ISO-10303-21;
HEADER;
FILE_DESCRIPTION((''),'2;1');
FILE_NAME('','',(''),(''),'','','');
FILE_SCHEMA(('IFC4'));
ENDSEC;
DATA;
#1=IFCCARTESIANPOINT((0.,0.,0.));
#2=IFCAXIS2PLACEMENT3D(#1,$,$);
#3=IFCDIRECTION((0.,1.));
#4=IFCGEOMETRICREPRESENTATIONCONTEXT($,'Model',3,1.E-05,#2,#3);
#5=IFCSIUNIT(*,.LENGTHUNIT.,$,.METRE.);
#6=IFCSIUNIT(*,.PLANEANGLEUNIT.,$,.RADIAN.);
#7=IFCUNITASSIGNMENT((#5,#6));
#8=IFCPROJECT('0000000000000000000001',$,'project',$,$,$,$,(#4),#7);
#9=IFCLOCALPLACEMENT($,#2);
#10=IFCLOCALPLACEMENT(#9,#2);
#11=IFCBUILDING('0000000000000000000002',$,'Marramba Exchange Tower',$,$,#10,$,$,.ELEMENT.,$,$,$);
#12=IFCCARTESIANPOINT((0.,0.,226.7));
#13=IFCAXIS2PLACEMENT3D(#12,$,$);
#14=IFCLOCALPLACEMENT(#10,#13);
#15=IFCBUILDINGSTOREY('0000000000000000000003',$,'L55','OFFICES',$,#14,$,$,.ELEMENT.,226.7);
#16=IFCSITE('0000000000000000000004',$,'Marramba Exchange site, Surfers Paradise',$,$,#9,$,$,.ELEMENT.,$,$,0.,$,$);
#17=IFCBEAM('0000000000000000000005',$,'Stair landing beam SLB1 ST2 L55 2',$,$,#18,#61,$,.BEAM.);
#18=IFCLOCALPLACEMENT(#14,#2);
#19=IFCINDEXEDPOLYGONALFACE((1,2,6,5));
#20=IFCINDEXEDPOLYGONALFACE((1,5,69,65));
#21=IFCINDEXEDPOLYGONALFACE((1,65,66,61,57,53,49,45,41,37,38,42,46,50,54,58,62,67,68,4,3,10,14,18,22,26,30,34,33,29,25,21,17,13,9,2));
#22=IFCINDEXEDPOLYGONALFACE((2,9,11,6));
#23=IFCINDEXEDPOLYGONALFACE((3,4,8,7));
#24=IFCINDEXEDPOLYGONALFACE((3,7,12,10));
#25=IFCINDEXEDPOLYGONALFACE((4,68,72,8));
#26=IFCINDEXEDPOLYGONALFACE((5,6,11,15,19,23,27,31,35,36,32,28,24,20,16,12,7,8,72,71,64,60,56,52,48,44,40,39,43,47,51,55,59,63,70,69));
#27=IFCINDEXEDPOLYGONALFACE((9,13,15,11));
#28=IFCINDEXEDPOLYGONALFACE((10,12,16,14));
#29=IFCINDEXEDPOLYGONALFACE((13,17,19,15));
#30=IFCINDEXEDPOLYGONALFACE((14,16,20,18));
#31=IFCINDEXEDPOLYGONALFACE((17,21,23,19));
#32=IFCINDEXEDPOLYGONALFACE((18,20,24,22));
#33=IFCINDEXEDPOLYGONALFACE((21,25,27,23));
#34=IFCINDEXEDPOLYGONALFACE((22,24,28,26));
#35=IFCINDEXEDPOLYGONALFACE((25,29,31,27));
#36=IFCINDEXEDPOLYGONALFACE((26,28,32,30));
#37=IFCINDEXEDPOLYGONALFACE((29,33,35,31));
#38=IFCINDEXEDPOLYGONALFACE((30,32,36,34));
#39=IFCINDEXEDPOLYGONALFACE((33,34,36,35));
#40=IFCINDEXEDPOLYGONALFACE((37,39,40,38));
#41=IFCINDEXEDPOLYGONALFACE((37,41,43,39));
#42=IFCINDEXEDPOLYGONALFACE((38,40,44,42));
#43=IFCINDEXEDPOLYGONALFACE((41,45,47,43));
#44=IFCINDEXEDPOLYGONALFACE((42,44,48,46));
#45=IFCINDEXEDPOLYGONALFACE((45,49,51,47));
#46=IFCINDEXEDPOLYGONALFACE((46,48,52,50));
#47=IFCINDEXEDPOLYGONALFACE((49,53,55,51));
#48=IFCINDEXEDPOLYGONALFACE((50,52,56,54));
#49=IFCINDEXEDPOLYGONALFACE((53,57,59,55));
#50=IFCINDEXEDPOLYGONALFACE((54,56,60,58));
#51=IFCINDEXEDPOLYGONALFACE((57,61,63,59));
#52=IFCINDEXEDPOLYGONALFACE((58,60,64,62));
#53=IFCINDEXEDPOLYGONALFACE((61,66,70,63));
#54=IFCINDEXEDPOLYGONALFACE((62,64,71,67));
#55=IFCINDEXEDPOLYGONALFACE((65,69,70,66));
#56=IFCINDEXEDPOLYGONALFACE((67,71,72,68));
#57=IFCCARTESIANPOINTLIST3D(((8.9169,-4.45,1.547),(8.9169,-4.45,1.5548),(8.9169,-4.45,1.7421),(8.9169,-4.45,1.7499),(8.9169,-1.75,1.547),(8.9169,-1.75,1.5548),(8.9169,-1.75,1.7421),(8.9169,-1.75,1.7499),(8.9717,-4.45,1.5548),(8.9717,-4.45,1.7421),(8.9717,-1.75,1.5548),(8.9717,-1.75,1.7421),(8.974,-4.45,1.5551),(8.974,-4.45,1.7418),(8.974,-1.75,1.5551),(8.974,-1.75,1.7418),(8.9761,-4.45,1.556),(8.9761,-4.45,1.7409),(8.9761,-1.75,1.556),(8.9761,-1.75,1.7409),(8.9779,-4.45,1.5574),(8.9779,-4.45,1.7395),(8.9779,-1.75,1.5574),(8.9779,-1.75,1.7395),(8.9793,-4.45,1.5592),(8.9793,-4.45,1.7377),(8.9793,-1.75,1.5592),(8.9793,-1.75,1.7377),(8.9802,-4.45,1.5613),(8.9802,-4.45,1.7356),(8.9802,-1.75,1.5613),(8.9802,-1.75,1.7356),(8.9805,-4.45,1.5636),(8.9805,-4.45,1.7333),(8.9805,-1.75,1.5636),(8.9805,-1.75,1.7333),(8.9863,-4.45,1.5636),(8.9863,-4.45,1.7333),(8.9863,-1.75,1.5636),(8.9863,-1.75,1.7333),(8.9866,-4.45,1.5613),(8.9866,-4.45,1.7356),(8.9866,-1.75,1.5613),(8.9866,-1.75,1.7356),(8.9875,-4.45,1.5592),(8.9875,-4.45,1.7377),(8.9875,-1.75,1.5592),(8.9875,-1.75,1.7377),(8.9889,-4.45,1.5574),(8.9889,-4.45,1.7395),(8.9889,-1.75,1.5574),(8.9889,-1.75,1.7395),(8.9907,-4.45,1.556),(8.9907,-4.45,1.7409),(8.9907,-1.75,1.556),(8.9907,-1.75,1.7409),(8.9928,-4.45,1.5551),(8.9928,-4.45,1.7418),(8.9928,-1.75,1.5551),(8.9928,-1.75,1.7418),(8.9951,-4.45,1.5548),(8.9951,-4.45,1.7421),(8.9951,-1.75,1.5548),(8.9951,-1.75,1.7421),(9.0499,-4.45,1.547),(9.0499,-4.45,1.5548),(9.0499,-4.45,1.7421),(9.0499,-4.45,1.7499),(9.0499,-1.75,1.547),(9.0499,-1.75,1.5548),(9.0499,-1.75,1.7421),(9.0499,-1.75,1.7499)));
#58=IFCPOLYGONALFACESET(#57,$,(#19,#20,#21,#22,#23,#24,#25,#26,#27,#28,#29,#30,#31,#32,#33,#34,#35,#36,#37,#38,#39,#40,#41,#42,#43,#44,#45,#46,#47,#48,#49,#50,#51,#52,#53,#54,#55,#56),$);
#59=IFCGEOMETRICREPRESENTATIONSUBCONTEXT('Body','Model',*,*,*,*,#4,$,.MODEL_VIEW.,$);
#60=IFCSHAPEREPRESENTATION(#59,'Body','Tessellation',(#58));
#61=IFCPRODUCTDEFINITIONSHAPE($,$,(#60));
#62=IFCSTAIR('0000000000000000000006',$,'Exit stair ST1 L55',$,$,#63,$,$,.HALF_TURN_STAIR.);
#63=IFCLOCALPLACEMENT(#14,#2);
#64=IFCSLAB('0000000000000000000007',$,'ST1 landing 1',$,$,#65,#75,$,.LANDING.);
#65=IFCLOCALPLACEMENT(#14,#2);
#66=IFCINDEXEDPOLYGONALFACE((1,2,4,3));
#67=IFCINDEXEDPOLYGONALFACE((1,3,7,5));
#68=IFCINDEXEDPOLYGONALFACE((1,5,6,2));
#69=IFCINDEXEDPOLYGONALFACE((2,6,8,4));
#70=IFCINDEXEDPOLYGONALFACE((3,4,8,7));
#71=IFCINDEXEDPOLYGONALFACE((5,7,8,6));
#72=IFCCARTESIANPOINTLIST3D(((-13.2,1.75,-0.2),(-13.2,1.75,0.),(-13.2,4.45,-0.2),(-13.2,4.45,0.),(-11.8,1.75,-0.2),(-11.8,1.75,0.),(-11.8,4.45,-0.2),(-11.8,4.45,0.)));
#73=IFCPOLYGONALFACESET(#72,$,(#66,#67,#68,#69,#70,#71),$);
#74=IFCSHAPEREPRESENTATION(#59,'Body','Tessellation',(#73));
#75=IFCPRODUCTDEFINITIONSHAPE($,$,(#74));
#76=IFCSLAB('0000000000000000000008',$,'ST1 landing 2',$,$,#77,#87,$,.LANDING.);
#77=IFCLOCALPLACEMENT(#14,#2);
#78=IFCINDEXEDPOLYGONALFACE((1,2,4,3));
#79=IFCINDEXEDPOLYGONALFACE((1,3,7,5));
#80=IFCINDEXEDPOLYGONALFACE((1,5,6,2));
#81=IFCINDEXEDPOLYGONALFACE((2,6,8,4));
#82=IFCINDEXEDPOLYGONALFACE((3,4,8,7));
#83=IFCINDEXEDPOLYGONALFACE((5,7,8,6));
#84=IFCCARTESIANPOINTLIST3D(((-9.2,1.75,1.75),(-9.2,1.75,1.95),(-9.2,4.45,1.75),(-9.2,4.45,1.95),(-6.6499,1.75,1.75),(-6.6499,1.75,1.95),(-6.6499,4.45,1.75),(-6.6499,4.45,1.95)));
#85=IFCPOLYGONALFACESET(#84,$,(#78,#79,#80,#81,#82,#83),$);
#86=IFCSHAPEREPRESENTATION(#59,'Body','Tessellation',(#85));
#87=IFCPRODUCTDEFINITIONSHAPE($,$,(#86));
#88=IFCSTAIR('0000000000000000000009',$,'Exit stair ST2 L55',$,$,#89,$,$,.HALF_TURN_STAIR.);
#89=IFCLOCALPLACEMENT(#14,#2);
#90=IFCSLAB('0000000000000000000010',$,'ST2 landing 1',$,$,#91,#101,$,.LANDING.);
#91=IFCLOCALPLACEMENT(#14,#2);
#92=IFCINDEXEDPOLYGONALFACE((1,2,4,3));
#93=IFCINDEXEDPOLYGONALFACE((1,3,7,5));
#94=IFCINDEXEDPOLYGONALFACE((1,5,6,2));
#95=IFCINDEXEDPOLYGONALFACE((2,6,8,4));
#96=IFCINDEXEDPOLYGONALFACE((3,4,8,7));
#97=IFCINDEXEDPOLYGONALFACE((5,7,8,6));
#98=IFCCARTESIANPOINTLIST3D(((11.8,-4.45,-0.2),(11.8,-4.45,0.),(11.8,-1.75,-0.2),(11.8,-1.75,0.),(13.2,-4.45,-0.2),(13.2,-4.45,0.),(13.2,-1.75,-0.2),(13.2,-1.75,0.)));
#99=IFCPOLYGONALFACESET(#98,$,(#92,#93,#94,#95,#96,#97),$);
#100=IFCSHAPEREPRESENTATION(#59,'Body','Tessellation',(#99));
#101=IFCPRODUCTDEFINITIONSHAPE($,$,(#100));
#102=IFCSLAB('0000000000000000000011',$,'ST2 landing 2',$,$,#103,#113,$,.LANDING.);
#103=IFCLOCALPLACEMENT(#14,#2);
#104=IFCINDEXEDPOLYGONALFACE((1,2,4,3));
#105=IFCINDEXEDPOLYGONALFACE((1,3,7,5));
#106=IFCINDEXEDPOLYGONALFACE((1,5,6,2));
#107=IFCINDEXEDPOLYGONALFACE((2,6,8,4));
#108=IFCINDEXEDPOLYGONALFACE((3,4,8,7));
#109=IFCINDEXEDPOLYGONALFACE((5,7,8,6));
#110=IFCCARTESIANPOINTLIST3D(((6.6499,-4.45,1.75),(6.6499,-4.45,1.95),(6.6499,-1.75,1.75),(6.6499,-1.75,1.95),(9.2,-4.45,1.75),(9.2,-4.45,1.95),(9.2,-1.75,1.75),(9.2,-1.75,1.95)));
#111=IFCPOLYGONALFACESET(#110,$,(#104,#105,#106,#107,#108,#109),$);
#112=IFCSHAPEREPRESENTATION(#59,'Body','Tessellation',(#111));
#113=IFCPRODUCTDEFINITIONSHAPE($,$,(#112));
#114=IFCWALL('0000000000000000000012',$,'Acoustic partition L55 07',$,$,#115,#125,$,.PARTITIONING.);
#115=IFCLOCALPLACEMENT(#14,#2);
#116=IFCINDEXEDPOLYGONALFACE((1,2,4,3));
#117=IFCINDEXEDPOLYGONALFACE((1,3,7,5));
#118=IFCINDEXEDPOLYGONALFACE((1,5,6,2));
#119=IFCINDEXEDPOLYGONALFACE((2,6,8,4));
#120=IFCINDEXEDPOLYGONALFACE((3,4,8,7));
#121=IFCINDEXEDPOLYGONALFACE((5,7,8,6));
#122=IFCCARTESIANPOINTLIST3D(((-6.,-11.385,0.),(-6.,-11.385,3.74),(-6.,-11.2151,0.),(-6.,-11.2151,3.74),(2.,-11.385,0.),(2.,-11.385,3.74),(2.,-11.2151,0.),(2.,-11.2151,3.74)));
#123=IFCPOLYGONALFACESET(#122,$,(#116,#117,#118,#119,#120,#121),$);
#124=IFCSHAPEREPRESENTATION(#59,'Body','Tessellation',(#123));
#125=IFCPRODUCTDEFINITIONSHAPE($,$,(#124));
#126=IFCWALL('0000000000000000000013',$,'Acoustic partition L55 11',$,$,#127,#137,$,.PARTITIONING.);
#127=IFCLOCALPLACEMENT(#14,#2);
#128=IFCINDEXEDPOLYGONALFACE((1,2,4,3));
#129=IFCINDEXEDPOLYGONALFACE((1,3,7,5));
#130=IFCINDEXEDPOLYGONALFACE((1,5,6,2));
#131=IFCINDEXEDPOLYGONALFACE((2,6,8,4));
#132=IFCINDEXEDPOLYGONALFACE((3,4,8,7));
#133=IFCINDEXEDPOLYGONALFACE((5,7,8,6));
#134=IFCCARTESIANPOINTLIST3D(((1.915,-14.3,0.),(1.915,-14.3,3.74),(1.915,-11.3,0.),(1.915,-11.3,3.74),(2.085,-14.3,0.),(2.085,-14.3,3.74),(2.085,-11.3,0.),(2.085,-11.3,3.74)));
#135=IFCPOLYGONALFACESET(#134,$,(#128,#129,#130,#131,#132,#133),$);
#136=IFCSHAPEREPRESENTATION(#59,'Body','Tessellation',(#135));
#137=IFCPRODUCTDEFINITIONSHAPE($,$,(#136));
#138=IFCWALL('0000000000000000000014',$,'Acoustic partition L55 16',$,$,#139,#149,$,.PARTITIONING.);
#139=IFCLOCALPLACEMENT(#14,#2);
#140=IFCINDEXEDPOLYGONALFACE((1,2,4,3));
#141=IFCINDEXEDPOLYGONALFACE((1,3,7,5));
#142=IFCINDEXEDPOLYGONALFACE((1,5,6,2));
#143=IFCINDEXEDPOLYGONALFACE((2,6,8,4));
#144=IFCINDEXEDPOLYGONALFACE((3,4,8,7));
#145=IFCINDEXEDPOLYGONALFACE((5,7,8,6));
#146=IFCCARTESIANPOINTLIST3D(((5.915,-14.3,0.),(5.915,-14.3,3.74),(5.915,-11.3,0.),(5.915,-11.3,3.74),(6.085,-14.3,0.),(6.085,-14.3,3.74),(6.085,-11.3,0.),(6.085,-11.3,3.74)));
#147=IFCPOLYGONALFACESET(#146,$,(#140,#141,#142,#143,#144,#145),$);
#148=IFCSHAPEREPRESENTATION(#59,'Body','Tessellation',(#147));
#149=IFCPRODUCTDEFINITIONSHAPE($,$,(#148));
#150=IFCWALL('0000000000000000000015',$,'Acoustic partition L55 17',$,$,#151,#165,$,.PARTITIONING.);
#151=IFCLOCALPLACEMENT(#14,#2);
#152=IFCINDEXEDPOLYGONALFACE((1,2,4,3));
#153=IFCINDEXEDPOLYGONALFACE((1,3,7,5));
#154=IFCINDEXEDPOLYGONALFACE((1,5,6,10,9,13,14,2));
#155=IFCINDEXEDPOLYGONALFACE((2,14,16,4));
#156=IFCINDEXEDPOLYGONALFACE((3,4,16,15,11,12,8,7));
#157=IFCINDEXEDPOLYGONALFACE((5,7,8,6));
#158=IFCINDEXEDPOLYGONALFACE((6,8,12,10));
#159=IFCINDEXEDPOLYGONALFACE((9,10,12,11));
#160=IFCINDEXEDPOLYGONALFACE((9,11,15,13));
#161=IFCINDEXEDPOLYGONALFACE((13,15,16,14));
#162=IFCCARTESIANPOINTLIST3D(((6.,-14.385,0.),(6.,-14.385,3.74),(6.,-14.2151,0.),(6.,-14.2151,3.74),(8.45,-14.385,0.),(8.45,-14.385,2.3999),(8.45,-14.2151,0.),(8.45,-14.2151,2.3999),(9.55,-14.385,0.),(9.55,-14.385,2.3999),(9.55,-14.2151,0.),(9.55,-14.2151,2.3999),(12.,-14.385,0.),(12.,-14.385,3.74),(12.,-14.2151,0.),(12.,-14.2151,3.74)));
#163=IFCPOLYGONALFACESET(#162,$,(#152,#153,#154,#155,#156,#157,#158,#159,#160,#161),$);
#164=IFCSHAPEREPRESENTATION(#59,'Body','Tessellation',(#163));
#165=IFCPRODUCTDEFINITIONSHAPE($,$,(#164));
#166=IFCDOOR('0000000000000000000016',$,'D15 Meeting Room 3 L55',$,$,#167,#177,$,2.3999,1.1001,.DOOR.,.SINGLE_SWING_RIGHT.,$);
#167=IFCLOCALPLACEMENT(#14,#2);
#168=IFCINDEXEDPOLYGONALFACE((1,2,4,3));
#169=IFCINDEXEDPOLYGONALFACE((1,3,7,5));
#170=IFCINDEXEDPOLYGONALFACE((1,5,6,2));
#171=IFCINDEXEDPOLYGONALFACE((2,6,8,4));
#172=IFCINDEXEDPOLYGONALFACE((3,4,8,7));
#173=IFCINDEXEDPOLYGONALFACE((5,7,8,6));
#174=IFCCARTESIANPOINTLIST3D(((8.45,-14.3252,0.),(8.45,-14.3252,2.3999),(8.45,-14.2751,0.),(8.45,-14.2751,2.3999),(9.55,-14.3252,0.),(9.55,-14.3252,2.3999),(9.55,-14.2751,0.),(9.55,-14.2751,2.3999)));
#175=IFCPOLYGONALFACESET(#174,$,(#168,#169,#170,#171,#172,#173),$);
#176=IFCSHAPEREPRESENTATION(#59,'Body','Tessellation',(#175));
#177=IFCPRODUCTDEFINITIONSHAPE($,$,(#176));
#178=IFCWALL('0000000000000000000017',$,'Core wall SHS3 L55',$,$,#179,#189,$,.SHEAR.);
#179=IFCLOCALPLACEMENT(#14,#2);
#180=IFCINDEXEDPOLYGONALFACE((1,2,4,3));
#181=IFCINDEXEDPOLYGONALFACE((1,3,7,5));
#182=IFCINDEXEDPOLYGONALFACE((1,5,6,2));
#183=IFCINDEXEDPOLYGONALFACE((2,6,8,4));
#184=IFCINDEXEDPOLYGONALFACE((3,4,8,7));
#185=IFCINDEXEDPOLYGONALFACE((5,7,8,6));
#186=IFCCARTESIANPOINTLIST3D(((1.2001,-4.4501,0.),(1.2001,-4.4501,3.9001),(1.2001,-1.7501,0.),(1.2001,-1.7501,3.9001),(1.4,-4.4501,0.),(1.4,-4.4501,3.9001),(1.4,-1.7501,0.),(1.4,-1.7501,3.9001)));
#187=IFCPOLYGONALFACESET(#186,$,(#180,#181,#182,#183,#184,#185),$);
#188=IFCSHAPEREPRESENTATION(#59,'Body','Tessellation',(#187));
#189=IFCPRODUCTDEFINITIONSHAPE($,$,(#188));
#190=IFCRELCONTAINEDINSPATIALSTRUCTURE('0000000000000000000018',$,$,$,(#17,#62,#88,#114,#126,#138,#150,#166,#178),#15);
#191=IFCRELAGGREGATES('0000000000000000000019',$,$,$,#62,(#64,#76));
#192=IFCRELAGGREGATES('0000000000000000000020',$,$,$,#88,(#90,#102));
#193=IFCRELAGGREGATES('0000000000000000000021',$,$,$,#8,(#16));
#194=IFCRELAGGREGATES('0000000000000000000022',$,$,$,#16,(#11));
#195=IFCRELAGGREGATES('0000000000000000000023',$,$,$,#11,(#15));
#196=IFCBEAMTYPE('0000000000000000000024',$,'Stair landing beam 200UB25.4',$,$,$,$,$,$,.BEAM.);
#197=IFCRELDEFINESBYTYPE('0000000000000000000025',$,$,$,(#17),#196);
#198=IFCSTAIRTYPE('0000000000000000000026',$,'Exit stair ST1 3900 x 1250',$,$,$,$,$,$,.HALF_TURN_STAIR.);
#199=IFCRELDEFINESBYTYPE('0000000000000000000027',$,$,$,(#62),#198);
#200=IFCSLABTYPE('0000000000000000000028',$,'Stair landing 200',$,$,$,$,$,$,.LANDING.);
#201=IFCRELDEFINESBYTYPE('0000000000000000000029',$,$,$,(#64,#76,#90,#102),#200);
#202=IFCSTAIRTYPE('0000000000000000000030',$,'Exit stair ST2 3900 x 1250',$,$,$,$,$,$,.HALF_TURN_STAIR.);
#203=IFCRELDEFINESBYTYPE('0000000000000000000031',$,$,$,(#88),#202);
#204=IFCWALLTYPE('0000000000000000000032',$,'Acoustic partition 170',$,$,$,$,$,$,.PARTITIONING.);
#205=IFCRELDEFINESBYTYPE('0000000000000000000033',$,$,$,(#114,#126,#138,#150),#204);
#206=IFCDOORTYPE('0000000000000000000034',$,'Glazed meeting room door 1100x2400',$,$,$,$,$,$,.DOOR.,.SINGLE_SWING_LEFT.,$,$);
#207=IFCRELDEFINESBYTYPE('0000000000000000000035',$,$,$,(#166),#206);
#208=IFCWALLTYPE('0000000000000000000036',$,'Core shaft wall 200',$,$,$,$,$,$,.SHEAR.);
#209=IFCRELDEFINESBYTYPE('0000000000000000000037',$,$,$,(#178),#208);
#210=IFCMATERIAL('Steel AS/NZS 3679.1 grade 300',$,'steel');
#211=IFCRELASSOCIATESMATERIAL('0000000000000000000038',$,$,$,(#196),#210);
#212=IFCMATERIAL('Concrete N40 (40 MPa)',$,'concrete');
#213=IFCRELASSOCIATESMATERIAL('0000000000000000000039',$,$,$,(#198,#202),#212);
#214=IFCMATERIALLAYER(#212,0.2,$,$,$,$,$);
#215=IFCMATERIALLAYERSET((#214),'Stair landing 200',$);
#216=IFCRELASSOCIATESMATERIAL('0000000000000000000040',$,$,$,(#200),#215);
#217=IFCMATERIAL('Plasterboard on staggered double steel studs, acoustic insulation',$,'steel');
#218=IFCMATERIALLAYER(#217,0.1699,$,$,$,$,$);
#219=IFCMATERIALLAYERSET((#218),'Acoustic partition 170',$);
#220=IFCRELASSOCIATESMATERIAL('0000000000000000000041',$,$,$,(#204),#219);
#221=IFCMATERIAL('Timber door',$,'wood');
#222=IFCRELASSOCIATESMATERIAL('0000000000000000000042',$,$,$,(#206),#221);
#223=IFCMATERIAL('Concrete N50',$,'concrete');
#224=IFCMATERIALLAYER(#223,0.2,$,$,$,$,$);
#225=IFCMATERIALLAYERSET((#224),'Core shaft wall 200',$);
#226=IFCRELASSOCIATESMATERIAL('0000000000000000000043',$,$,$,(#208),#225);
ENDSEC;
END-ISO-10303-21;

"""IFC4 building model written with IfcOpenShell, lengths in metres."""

from ifc_helpers import new_model, si_unit, direction, frame, frame_2d, origin, origin_2d, place, context, subcontext, project, spatial, polyline, rectangle, i_section, outline, extrude, material, layer, layer_set, material_profile, profile_set, type_object, element, fill, aggregate, save


model = new_model("IFC4")

# Units and contexts
model_context = context("Model", 3, precision=1e-05, world=origin(), true_north=direction((0.0, 1.0)))
body_context = subcontext(model_context, "Body", "Model", "MODEL_VIEW")
ifc_project = project(units=[si_unit("LENGTHUNIT", "METRE"), si_unit("PLANEANGLEUNIT", "RADIAN")], contexts=[model_context])

# Site, building, storey
site_placement = place(None, origin())
site = spatial("IfcSite", under=ifc_project, at=site_placement, Name="Marramba Exchange site, Surfers Paradise", CompositionType="ELEMENT", RefElevation=0.0)
building_placement = place(site_placement, origin())
building = spatial("IfcBuilding", under=site, at=building_placement, Name="Marramba Exchange Tower", CompositionType="ELEMENT")
storey_placement = place(building_placement, frame((0.0, 0.0, 226.7)))
storey = spatial("IfcBuildingStorey", under=building, at=storey_placement, Name="L55", Description="OFFICES", CompositionType="ELEMENT", Elevation=226.7)

# Beam
ifc_material_1 = material(Name="Steel AS/NZS 3679.1 grade 300", Category="steel")
ifc_material_profile_1 = material_profile(ifc_material_1, i_section(OverallWidth=0.1331, OverallDepth=0.2029, WebThickness=0.0059, FlangeThickness=0.0078, FilletRadius=0.0088, at=origin_2d()), Name="200UB25.4")
ifc_profile_set_1 = profile_set([ifc_material_profile_1], Name="Steel AS/NZS 3679.1 grade 300")
beam_type_1 = type_object("IfcBeamType", Name="Stair landing beam 200UB25.4", PredefinedType="BEAM", material=ifc_profile_set_1)
for number, where, z_axis, x_axis, name in (
    (1, (8.9834, -4.45, 1.6484), (0.0, 1.0, 0.0), (-1.0, 0.0, 0.0), "Stair landing beam SLB1 ST2 L55 2"),
):
    element("IfcBeam", number, at=place(storey_placement, frame(where, z_axis=z_axis, x_axis=x_axis)), inside=storey, type_object=beam_type_1, Name=name, PredefinedType="BEAM", context=body_context, shape_type="SweptSolid", body=[
        extrude(i_section(OverallWidth=0.1331, OverallDepth=0.2029, WebThickness=0.0059, FlangeThickness=0.0078, FilletRadius=0.0088, at=origin_2d()), origin(), (0.0, 0.0, 1.0), 2.7),
    ])

# Stairs, slabs
ifc_material_2 = material(Name="Concrete N40 (40 MPa)", Category="concrete")
stair_type_1 = type_object("IfcStairType", Name="Exit stair ST1 3900 x 1250", PredefinedType="HALF_TURN_STAIR", material=ifc_material_2)
stair_1_placement = place(storey_placement, origin())
stair_1 = element("IfcStair", 2, at=stair_1_placement, inside=storey, type_object=stair_type_1, Name="Exit stair ST1 L55", PredefinedType="HALF_TURN_STAIR")
ifc_layer_1 = layer(ifc_material_2, 0.2)
ifc_layer_set_1 = layer_set([ifc_layer_1], Name="Stair landing 200")
slab_type = type_object("IfcSlabType", Name="Stair landing 200", PredefinedType="LANDING", material=ifc_layer_set_1)
slab_1_placement = place(storey_placement, frame((0.0, 0.0, -0.2)))
slab_1 = element("IfcSlab", 3, at=slab_1_placement, type_object=slab_type, Name="ST1 landing 1", PredefinedType="LANDING", context=body_context, shape_type="SweptSolid", body=[
    extrude(outline(polyline([(-13.2, 1.75), (-11.8, 1.75), (-11.8, 4.45), (-13.2, 4.45), (-13.2, 1.75)])), origin(), (0.0, 0.0, 1.0), 0.2),
])
slab_2_placement = place(storey_placement, frame((0.0, 0.0, 1.75)))
slab_2 = element("IfcSlab", 4, at=slab_2_placement, type_object=slab_type, Name="ST1 landing 2", PredefinedType="LANDING", context=body_context, shape_type="SweptSolid", body=[
    extrude(outline(polyline([(-9.2, 1.75), (-6.6499, 1.75), (-6.6499, 4.45), (-9.2, 4.45), (-9.2, 1.75)])), origin(), (0.0, 0.0, 1.0), 0.2),
])
aggregate(stair_1, [slab_1, slab_2])
stair_type_2 = type_object("IfcStairType", Name="Exit stair ST2 3900 x 1250", PredefinedType="HALF_TURN_STAIR", material=ifc_material_2)
stair_2_placement = place(storey_placement, origin())
stair_2 = element("IfcStair", 5, at=stair_2_placement, inside=storey, type_object=stair_type_2, Name="Exit stair ST2 L55", PredefinedType="HALF_TURN_STAIR")
slab_3_placement = place(storey_placement, frame((0.0, 0.0, -0.2)))
slab_3 = element("IfcSlab", 6, at=slab_3_placement, type_object=slab_type, Name="ST2 landing 1", PredefinedType="LANDING", context=body_context, shape_type="SweptSolid", body=[
    extrude(outline(polyline([(11.8, -4.45), (13.2, -4.45), (13.2, -1.75), (11.8, -1.75), (11.8, -4.45)])), origin(), (0.0, 0.0, 1.0), 0.2),
])
slab_4_placement = place(storey_placement, frame((0.0, 0.0, 1.75)))
slab_4 = element("IfcSlab", 7, at=slab_4_placement, type_object=slab_type, Name="ST2 landing 2", PredefinedType="LANDING", context=body_context, shape_type="SweptSolid", body=[
    extrude(outline(polyline([(6.6499, -4.45), (9.2, -4.45), (9.2, -1.75), (6.6499, -1.75), (6.6499, -4.45)])), origin(), (0.0, 0.0, 1.0), 0.2),
])

# Walls
ifc_material_3 = material(Name="Plasterboard on staggered double steel studs, acoustic insulation", Category="steel")
ifc_layer_2 = layer(ifc_material_3, 0.1699)
ifc_layer_set_2 = layer_set([ifc_layer_2], Name="Acoustic partition 170")
wall_type_1 = type_object("IfcWallType", Name="Acoustic partition 170", PredefinedType="PARTITIONING", material=ifc_layer_set_2)
wall_1_placement = place(storey_placement, frame((2.0, -11.3, 0.0), z_axis=(0.0, 0.0, 1.0), x_axis=(-1.0, 0.0, 0.0)))
element("IfcWall", 8, at=wall_1_placement, inside=storey, type_object=wall_type_1, Name="Acoustic partition L55 07", PredefinedType="PARTITIONING", context=body_context, shape_type="SweptSolid", body=[
    extrude(rectangle(XDim=8.0, YDim=0.1699, at=frame_2d((4.0, 0.0))), origin(), (0.0, 0.0, 1.0), 3.74),
])
for number, where, z_axis, x_axis, name in (
    (9, (2.0, -11.3, 0.0), (0.0, 0.0, 1.0), (0.0, -1.0, 0.0), "Acoustic partition L55 11"),
    (10, (6.0, -11.3, 0.0), (0.0, 0.0, 1.0), (0.0, -1.0, 0.0), "Acoustic partition L55 16"),
):
    element("IfcWall", number, at=place(storey_placement, frame(where, z_axis=z_axis, x_axis=x_axis)), inside=storey, type_object=wall_type_1, Name=name, PredefinedType="PARTITIONING", context=body_context, shape_type="SweptSolid", body=[
        extrude(rectangle(XDim=3.0, YDim=0.1699, at=frame_2d((1.5, 0.0))), origin(), (0.0, 0.0, 1.0), 3.74),
    ])

# Wall, opening, door
wall_2_placement = place(storey_placement, frame((6.0, -14.3, 0.0), z_axis=(0.0, 0.0, 1.0), x_axis=(1.0, 0.0, 0.0)))
wall_2 = element("IfcWall", 11, at=wall_2_placement, inside=storey, type_object=wall_type_1, Name="Acoustic partition L55 17", PredefinedType="PARTITIONING", context=body_context, shape_type="SweptSolid", body=[
    extrude(rectangle(XDim=6.0, YDim=0.1699, at=frame_2d((3.0, 0.0))), origin(), (0.0, 0.0, 1.0), 3.74),
])
opening_1_placement = place(wall_2_placement, frame((2.45, 0.0, 0.0)))
opening_1 = element("IfcOpeningElement", 12, at=opening_1_placement, cuts=wall_2, PredefinedType="OPENING", context=body_context, shape_type="SweptSolid", body=[
    extrude(rectangle(XDim=1.1001, YDim=2.3999, at=frame_2d((0.55, 1.2))), frame((0.0, 0.095, 0.0), z_axis=(0.0, -1.0, 0.0), x_axis=(1.0, 0.0, 0.0)), (0.0, 0.0, 1.0), 0.1899),
])
ifc_material_4 = material(Name="Timber door", Category="wood")
door_type_1 = type_object("IfcDoorType", Name="Glazed meeting room door 1100x2400", OperationType="SINGLE_SWING_LEFT", PredefinedType="DOOR", material=ifc_material_4)
door_1_placement = place(opening_1_placement, origin())
door_1 = element("IfcDoor", 13, at=door_1_placement, inside=storey, type_object=door_type_1, Name="D15 Meeting Room 3 L55", OperationType="SINGLE_SWING_RIGHT", OverallHeight=2.3999, OverallWidth=1.1001, PredefinedType="DOOR", context=body_context, shape_type="SweptSolid", body=[
    extrude(rectangle(XDim=1.1001, YDim=2.3999, at=frame_2d((0.55, 1.2))), frame((0.0, 0.0249, 0.0), z_axis=(0.0, -1.0, 0.0), x_axis=(1.0, 0.0, 0.0)), (0.0, 0.0, 1.0), 0.05),
])
fill(opening_1, door_1)

# Wall
ifc_material_5 = material(Name="Concrete N50", Category="concrete")
ifc_layer_3 = layer(ifc_material_5, 0.2)
ifc_layer_set_3 = layer_set([ifc_layer_3], Name="Core shaft wall 200")
wall_type_2 = type_object("IfcWallType", Name="Core shaft wall 200", PredefinedType="SHEAR", material=ifc_layer_set_3)
for number, where, z_axis, x_axis, name in (
    (14, (1.3, -1.75, 0.0), (0.0, 0.0, 1.0), (0.0, -1.0, 0.0), "Core wall SHS3 L55"),
):
    element("IfcWall", number, at=place(storey_placement, frame(where, z_axis=z_axis, x_axis=x_axis)), inside=storey, type_object=wall_type_2, Name=name, PredefinedType="SHEAR", context=body_context, shape_type="SweptSolid", body=[
        extrude(rectangle(XDim=2.7, YDim=0.2, at=frame_2d((1.3501, 0.0))), origin(), (0.0, 0.0, 1.0), 3.9001),
    ])

aggregate(stair_2, [slab_3, slab_4])

save(model, "model.ifc")
